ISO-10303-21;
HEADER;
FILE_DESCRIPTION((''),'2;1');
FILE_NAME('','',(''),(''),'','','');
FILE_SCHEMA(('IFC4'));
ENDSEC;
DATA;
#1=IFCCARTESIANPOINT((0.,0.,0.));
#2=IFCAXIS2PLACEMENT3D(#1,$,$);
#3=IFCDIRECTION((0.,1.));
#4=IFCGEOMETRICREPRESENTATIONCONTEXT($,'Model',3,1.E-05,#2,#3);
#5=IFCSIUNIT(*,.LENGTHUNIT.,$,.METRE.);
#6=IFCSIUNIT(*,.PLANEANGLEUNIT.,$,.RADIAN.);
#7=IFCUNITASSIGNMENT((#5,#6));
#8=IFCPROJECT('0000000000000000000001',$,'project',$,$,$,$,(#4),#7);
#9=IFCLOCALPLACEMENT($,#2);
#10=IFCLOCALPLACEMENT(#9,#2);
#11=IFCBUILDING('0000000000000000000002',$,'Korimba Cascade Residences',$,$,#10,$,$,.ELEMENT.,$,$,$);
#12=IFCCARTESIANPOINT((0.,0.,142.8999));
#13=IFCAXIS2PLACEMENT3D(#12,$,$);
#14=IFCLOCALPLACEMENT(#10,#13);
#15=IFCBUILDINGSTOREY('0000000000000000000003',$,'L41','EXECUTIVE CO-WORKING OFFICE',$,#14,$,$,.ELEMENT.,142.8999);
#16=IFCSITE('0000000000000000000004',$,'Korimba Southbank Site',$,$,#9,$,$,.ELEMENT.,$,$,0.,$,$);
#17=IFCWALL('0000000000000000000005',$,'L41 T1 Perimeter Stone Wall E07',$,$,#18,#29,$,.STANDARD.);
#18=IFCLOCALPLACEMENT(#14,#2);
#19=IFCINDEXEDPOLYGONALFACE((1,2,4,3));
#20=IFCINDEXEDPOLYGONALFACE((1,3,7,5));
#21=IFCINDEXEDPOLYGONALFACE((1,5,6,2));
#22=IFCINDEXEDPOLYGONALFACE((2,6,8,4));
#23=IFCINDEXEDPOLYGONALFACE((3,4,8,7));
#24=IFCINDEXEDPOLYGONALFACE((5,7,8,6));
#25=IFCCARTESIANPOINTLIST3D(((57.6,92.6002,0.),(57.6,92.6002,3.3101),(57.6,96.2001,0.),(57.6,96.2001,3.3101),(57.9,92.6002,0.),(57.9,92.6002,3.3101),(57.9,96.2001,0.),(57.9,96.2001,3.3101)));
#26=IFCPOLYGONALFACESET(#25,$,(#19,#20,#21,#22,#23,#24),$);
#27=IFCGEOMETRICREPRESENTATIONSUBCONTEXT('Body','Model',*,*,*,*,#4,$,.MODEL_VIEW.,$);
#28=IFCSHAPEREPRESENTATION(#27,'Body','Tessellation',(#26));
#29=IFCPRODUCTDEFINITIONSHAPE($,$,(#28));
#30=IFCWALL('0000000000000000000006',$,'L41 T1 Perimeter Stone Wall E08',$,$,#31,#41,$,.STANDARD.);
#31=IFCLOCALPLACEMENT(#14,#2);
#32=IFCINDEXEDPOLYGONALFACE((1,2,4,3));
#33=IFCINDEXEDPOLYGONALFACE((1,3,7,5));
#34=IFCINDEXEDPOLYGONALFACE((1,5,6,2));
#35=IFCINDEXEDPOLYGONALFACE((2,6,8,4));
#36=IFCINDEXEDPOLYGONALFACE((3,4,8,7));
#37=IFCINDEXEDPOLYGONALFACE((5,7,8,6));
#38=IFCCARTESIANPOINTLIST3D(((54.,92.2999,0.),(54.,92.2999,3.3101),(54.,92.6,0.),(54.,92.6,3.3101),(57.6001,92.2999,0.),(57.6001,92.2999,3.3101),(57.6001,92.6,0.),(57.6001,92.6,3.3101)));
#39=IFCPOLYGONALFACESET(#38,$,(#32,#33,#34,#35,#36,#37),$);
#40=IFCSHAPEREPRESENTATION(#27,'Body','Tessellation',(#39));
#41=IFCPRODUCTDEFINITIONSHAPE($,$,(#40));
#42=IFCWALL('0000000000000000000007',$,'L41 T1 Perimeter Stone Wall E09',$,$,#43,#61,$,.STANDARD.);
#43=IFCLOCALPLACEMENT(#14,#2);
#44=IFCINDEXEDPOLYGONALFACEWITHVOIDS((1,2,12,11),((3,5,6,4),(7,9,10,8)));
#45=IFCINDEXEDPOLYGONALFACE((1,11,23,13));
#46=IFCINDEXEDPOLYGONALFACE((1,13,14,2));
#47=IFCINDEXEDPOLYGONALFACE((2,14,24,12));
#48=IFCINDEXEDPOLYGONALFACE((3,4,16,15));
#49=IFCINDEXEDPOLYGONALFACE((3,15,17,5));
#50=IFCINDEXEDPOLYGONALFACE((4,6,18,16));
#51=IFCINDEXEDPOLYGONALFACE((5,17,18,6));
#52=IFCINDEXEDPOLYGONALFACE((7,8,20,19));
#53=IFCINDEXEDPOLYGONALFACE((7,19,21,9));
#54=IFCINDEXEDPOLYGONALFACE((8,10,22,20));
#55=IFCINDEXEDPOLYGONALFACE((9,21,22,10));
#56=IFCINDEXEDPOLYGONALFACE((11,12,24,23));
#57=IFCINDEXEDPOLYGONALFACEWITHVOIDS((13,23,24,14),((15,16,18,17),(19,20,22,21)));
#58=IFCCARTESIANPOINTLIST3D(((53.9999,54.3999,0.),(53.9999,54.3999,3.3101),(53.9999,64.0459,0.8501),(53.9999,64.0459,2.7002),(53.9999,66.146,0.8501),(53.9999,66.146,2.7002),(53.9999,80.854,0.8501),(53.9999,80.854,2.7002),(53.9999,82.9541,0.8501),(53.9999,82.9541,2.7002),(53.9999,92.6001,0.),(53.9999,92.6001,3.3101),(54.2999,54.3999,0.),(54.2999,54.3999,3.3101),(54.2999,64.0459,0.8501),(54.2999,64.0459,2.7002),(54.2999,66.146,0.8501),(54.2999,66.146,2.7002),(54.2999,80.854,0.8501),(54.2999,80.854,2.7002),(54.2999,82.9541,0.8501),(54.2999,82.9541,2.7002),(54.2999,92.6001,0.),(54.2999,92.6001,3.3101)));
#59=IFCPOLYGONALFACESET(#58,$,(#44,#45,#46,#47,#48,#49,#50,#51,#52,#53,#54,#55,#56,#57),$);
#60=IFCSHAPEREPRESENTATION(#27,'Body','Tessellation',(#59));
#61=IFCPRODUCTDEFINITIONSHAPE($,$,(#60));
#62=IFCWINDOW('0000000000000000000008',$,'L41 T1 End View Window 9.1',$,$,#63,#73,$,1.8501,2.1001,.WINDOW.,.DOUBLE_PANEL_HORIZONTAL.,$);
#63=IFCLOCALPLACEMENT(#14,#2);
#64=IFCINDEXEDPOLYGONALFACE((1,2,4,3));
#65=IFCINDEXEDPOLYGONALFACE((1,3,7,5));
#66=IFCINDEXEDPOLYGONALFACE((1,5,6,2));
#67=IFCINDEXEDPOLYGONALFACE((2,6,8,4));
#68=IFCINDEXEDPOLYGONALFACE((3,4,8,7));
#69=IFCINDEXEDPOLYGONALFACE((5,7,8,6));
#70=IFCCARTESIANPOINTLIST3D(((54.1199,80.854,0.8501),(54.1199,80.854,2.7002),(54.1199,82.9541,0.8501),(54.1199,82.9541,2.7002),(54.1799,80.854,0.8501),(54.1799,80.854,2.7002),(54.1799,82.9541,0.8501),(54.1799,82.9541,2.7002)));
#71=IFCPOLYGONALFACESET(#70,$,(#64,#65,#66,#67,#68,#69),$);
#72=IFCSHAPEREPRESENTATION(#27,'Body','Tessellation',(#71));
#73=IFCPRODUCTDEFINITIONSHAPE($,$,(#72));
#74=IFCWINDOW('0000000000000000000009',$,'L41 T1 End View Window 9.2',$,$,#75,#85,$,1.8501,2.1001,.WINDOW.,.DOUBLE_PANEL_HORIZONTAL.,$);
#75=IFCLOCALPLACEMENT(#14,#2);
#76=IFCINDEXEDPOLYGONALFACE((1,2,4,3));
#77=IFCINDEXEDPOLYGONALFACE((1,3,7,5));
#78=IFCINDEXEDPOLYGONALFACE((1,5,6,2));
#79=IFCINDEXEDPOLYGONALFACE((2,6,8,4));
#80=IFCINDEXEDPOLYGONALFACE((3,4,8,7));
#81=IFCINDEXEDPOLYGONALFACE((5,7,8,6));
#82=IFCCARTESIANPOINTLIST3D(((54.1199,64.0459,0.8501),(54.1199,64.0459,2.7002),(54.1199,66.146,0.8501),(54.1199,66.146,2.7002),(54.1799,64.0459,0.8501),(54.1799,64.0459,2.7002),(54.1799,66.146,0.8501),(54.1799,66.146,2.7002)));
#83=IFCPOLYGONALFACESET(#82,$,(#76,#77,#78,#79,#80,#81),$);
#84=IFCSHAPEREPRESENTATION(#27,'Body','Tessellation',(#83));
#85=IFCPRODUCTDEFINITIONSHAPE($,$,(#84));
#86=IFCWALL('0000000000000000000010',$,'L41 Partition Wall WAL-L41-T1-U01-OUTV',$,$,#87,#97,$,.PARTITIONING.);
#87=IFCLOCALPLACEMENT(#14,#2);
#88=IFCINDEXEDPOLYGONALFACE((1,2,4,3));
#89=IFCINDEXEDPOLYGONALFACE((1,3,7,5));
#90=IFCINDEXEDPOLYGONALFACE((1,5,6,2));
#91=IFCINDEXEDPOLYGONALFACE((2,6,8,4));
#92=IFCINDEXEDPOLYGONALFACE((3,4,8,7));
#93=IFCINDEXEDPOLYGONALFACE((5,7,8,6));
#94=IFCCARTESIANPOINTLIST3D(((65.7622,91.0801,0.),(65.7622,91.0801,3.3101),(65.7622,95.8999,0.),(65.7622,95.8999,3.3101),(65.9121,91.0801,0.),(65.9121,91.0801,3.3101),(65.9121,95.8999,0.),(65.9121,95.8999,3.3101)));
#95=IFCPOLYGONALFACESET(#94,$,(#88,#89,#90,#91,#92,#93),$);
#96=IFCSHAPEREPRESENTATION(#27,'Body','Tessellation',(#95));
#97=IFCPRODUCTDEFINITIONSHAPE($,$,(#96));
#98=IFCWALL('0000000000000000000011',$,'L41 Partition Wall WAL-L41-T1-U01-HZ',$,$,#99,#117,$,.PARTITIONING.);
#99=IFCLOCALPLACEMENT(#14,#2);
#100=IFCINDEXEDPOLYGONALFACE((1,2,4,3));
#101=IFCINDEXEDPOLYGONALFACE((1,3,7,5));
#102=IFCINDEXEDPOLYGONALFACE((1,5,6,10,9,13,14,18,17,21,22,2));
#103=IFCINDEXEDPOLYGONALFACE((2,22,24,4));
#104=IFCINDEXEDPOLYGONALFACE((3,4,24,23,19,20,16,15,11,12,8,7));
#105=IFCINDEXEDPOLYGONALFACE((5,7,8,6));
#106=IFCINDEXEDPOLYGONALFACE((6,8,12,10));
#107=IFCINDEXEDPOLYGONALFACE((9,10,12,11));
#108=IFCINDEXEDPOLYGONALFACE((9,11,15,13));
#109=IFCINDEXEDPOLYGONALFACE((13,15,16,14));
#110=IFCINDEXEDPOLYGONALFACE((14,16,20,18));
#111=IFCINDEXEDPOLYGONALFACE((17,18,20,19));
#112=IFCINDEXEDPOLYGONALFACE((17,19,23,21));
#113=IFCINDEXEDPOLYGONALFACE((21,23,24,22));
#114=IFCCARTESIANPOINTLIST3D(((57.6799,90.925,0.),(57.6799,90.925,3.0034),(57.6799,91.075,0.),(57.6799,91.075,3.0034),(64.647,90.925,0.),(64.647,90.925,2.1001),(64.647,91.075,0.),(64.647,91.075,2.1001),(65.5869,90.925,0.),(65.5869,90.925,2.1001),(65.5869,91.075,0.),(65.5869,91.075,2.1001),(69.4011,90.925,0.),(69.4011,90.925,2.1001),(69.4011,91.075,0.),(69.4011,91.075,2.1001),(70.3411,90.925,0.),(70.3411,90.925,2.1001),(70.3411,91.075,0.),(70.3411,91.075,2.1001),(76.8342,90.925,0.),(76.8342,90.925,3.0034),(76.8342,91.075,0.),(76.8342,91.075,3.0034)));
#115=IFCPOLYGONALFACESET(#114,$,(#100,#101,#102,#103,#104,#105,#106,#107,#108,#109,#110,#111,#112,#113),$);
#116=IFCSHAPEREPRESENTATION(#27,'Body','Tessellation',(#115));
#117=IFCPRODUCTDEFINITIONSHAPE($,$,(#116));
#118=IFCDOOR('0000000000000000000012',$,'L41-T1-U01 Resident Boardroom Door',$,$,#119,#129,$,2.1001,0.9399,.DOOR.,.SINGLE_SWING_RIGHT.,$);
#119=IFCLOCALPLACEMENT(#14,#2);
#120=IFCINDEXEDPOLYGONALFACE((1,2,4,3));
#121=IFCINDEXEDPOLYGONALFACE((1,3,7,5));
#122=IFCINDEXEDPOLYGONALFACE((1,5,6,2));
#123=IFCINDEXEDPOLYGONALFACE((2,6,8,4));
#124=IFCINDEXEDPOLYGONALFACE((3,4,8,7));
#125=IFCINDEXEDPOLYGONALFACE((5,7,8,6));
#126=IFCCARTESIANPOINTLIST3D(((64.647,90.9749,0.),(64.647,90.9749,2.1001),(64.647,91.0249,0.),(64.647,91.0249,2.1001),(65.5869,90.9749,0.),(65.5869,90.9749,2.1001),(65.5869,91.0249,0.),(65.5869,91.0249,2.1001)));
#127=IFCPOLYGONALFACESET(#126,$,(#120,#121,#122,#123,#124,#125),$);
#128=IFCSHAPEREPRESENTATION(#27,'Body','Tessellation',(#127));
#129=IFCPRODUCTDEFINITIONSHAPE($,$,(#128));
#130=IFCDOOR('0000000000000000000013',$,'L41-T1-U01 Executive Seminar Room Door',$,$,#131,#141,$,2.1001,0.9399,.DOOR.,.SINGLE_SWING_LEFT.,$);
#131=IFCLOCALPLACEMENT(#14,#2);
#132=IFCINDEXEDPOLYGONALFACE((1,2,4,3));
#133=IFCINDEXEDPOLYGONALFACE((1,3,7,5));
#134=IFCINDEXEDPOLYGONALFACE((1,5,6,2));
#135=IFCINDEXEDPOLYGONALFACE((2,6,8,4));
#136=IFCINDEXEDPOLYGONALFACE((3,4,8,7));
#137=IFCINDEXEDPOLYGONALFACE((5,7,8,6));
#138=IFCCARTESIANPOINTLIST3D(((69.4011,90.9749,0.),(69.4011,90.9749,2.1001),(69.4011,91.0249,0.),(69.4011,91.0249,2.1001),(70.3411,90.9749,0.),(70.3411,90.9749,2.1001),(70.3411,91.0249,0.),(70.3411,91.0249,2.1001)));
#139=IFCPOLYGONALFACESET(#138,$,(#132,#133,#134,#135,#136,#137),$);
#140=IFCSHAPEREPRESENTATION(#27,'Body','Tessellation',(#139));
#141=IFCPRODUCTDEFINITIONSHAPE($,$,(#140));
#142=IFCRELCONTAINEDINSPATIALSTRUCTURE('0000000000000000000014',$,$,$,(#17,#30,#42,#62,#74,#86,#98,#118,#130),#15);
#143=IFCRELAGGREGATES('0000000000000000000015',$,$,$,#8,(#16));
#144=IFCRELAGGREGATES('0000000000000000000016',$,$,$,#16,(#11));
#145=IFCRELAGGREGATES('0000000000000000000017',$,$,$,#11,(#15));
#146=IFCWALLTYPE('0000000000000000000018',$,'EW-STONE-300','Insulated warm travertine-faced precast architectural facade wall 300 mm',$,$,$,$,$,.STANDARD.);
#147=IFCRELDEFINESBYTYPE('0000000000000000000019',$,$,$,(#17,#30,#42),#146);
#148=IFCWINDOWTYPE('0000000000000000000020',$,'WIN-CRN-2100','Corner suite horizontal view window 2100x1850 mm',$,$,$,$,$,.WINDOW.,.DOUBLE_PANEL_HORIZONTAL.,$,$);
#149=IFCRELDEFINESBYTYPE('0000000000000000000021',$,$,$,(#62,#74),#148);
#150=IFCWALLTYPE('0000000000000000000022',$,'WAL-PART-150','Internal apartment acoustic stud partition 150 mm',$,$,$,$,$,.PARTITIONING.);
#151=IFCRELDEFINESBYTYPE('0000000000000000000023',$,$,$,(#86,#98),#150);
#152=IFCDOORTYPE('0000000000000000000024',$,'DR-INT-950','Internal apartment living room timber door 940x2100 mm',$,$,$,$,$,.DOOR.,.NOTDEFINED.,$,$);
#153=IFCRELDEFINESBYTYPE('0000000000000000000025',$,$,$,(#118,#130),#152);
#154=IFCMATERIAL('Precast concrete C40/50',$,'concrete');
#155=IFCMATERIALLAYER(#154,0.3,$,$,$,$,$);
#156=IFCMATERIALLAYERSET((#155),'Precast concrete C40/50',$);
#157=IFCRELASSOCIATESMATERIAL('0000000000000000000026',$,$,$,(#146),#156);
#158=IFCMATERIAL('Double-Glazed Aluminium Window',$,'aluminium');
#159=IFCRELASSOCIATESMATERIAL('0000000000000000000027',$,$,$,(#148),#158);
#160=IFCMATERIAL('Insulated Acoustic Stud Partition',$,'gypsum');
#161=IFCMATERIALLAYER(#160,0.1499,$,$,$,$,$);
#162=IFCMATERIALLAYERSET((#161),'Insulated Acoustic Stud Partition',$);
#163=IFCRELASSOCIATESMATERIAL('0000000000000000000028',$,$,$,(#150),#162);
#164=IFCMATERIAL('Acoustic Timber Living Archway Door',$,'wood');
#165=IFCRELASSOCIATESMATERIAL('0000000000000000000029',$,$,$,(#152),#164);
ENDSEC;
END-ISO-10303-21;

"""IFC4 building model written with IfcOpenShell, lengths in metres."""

from ifc_helpers import new_model, si_unit, direction, frame, frame_2d, origin, place, context, subcontext, project, spatial, rectangle, extrude, material, layer, layer_set, type_object, element, fill, save


model = new_model("IFC4")

# Units and contexts
model_context = context("Model", 3, precision=1e-05, world=origin(), true_north=direction((0.0, 1.0)))
body_context = subcontext(model_context, "Body", "Model", "MODEL_VIEW")
ifc_project = project(units=[si_unit("LENGTHUNIT", "METRE"), si_unit("PLANEANGLEUNIT", "RADIAN")], contexts=[model_context])

# Site, building, storey
site_placement = place(None, origin())
site = spatial("IfcSite", under=ifc_project, at=site_placement, Name="Korimba Southbank Site", CompositionType="ELEMENT", RefElevation=0.0)
building_placement = place(site_placement, origin())
building = spatial("IfcBuilding", under=site, at=building_placement, Name="Korimba Cascade Residences", CompositionType="ELEMENT")
storey_placement = place(building_placement, frame((0.0, 0.0, 142.8999)))
storey = spatial("IfcBuildingStorey", under=building, at=storey_placement, Name="L41", Description="EXECUTIVE CO-WORKING OFFICE", CompositionType="ELEMENT", Elevation=142.8999)

# Walls
ifc_material_1 = material(Name="Precast concrete C40/50", Category="concrete")
ifc_layer_1 = layer(ifc_material_1, 0.3)
ifc_layer_set_1 = layer_set([ifc_layer_1], Name="Precast concrete C40/50")
wall_type_1 = type_object("IfcWallType", Name="EW-STONE-300", Description="Insulated warm travertine-faced precast architectural facade wall 300 mm", PredefinedType="STANDARD", material=ifc_layer_set_1)
wall_1_placement = place(storey_placement, frame((57.75, 96.2, 0.0), z_axis=(0.0, 0.0, 1.0), x_axis=(0.0, -1.0, 0.0)))
element("IfcWall", 1, at=wall_1_placement, inside=storey, type_object=wall_type_1, Name="L41 T1 Perimeter Stone Wall E07", PredefinedType="STANDARD", context=body_context, shape_type="SweptSolid", body=[
    extrude(rectangle(XDim=3.5999, YDim=0.3, at=frame_2d((1.7998, 0.0))), origin(), (0.0, 0.0, 1.0), 3.3101),
])
wall_2_placement = place(storey_placement, frame((57.6001, 92.45, 0.0), z_axis=(0.0, 0.0, 1.0), x_axis=(-1.0, 0.0, 0.0)))
element("IfcWall", 2, at=wall_2_placement, inside=storey, type_object=wall_type_1, Name="L41 T1 Perimeter Stone Wall E08", PredefinedType="STANDARD", context=body_context, shape_type="SweptSolid", body=[
    extrude(rectangle(XDim=3.6001, YDim=0.3, at=frame_2d((1.8, 0.0))), origin(), (0.0, 0.0, 1.0), 3.3101),
])

# Wall, openings, windows
wall_3_placement = place(storey_placement, frame((54.1499, 92.6001, 0.0), z_axis=(0.0, 0.0, 1.0), x_axis=(0.0, -1.0, 0.0)))
wall_3 = element("IfcWall", 3, at=wall_3_placement, inside=storey, type_object=wall_type_1, Name="L41 T1 Perimeter Stone Wall E09", PredefinedType="STANDARD", context=body_context, shape_type="SweptSolid", body=[
    extrude(rectangle(XDim=38.2002, YDim=0.3, at=frame_2d((19.1001, 0.0))), origin(), (0.0, 0.0, 1.0), 3.3101),
])
opening_1_placement = place(wall_3_placement, frame((9.646, 0.0, 0.8501)))
opening_1 = element("IfcOpeningElement", 4, at=opening_1_placement, cuts=wall_3, PredefinedType="OPENING", context=body_context, shape_type="SweptSolid", body=[
    extrude(rectangle(XDim=2.1001, YDim=1.8501, at=frame_2d((1.05, 0.925))), frame((0.0, 0.1602, 0.0), z_axis=(0.0, -1.0, 0.0), x_axis=(1.0, 0.0, 0.0)), (0.0, 0.0, 1.0), 0.3201),
])
opening_2_placement = place(wall_3_placement, frame((26.4541, 0.0, 0.8501)))
opening_2 = element("IfcOpeningElement", 5, at=opening_2_placement, cuts=wall_3, PredefinedType="OPENING", context=body_context, shape_type="SweptSolid", body=[
    extrude(rectangle(XDim=2.1001, YDim=1.8501, at=frame_2d((1.05, 0.925))), frame((0.0, 0.1602, 0.0), z_axis=(0.0, -1.0, 0.0), x_axis=(1.0, 0.0, 0.0)), (0.0, 0.0, 1.0), 0.3201),
])
ifc_material_2 = material(Name="Double-Glazed Aluminium Window", Category="aluminium")
window_type = type_object("IfcWindowType", Name="WIN-CRN-2100", Description="Corner suite horizontal view window 2100x1850 mm", PartitioningType="DOUBLE_PANEL_HORIZONTAL", PredefinedType="WINDOW", material=ifc_material_2)
window_1_placement = place(opening_1_placement, origin())
window_1 = element("IfcWindow", 6, at=window_1_placement, inside=storey, type_object=window_type, Name="L41 T1 End View Window 9.1", OverallHeight=1.8501, OverallWidth=2.1001, PartitioningType="DOUBLE_PANEL_HORIZONTAL", PredefinedType="WINDOW", context=body_context, shape_type="SweptSolid", body=[
    extrude(rectangle(XDim=2.1001, YDim=1.8501, at=frame_2d((1.05, 0.925))), frame((0.0, 0.03, 0.0), z_axis=(0.0, -1.0, 0.0), x_axis=(1.0, 0.0, 0.0)), (0.0, 0.0, 1.0), 0.0601),
])
fill(opening_1, window_1)
window_2_placement = place(opening_2_placement, origin())
window_2 = element("IfcWindow", 7, at=window_2_placement, inside=storey, type_object=window_type, Name="L41 T1 End View Window 9.2", OverallHeight=1.8501, OverallWidth=2.1001, PartitioningType="DOUBLE_PANEL_HORIZONTAL", PredefinedType="WINDOW", context=body_context, shape_type="SweptSolid", body=[
    extrude(rectangle(XDim=2.1001, YDim=1.8501, at=frame_2d((1.05, 0.925))), frame((0.0, 0.03, 0.0), z_axis=(0.0, -1.0, 0.0), x_axis=(1.0, 0.0, 0.0)), (0.0, 0.0, 1.0), 0.0601),
])
fill(opening_2, window_2)

# Wall
ifc_material_3 = material(Name="Insulated Acoustic Stud Partition", Category="gypsum")
ifc_layer_2 = layer(ifc_material_3, 0.1499)
ifc_layer_set_2 = layer_set([ifc_layer_2], Name="Insulated Acoustic Stud Partition")
wall_type_2 = type_object("IfcWallType", Name="WAL-PART-150", Description="Internal apartment acoustic stud partition 150 mm", PredefinedType="PARTITIONING", material=ifc_layer_set_2)
wall_4_placement = place(storey_placement, frame((65.8372, 91.0801, 0.0), z_axis=(0.0, 0.0, 1.0), x_axis=(0.0, 1.0, 0.0)))
element("IfcWall", 8, at=wall_4_placement, inside=storey, type_object=wall_type_2, Name="L41 Partition Wall WAL-L41-T1-U01-OUTV", PredefinedType="PARTITIONING", context=body_context, shape_type="SweptSolid", body=[
    extrude(rectangle(XDim=4.8198, YDim=0.1499, at=frame_2d((2.4099, 0.0))), origin(), (0.0, 0.0, 1.0), 3.3101),
])

# Wall, openings, doors
wall_5_placement = place(storey_placement, frame((57.6799, 91.0, 0.0), z_axis=(0.0, 0.0, 1.0), x_axis=(1.0, 0.0, 0.0)))
wall_5 = element("IfcWall", 9, at=wall_5_placement, inside=storey, type_object=wall_type_2, Name="L41 Partition Wall WAL-L41-T1-U01-HZ", PredefinedType="PARTITIONING", context=body_context, shape_type="SweptSolid", body=[
    extrude(rectangle(XDim=19.1543, YDim=0.1499, at=frame_2d((9.5771, 0.0))), origin(), (0.0, 0.0, 1.0), 3.0034),
])
opening_3_placement = place(wall_5_placement, frame((6.967, 0.0, 0.0)))
opening_3 = element("IfcOpeningElement", 10, at=opening_3_placement, cuts=wall_5, PredefinedType="OPENING", context=body_context, shape_type="SweptSolid", body=[
    extrude(rectangle(XDim=0.9399, YDim=2.1001, at=frame_2d((0.47, 1.05))), frame((0.0, 0.085, 0.0), z_axis=(0.0, -1.0, 0.0), x_axis=(1.0, 0.0, 0.0)), (0.0, 0.0, 1.0), 0.1699),
])
opening_4_placement = place(wall_5_placement, frame((11.7212, 0.0, 0.0)))
opening_4 = element("IfcOpeningElement", 11, at=opening_4_placement, cuts=wall_5, PredefinedType="OPENING", context=body_context, shape_type="SweptSolid", body=[
    extrude(rectangle(XDim=0.9399, YDim=2.1001, at=frame_2d((0.47, 1.05))), frame((0.0, 0.085, 0.0), z_axis=(0.0, -1.0, 0.0), x_axis=(1.0, 0.0, 0.0)), (0.0, 0.0, 1.0), 0.1699),
])
ifc_material_4 = material(Name="Acoustic Timber Living Archway Door", Category="wood")
door_type = type_object("IfcDoorType", Name="DR-INT-950", Description="Internal apartment living room timber door 940x2100 mm", OperationType="NOTDEFINED", PredefinedType="DOOR", material=ifc_material_4)
door_1_placement = place(opening_3_placement, origin())
door_1 = element("IfcDoor", 12, at=door_1_placement, inside=storey, type_object=door_type, Name="L41-T1-U01 Resident Boardroom Door", OperationType="SINGLE_SWING_RIGHT", OverallHeight=2.1001, OverallWidth=0.9399, PredefinedType="DOOR", context=body_context, shape_type="SweptSolid", body=[
    extrude(rectangle(XDim=0.9399, YDim=2.1001, at=frame_2d((0.47, 1.05))), frame((0.0, 0.0249, 0.0), z_axis=(0.0, -1.0, 0.0), x_axis=(1.0, 0.0, 0.0)), (0.0, 0.0, 1.0), 0.05),
])
fill(opening_3, door_1)
door_2_placement = place(opening_4_placement, origin())
door_2 = element("IfcDoor", 13, at=door_2_placement, inside=storey, type_object=door_type, Name="L41-T1-U01 Executive Seminar Room Door", OperationType="SINGLE_SWING_LEFT", OverallHeight=2.1001, OverallWidth=0.9399, PredefinedType="DOOR", context=body_context, shape_type="SweptSolid", body=[
    extrude(rectangle(XDim=0.9399, YDim=2.1001, at=frame_2d((0.47, 1.05))), frame((0.0, 0.0249, 0.0), z_axis=(0.0, -1.0, 0.0), x_axis=(1.0, 0.0, 0.0)), (0.0, 0.0, 1.0), 0.05),
])
fill(opening_4, door_2)

save(model, "model.ifc")
